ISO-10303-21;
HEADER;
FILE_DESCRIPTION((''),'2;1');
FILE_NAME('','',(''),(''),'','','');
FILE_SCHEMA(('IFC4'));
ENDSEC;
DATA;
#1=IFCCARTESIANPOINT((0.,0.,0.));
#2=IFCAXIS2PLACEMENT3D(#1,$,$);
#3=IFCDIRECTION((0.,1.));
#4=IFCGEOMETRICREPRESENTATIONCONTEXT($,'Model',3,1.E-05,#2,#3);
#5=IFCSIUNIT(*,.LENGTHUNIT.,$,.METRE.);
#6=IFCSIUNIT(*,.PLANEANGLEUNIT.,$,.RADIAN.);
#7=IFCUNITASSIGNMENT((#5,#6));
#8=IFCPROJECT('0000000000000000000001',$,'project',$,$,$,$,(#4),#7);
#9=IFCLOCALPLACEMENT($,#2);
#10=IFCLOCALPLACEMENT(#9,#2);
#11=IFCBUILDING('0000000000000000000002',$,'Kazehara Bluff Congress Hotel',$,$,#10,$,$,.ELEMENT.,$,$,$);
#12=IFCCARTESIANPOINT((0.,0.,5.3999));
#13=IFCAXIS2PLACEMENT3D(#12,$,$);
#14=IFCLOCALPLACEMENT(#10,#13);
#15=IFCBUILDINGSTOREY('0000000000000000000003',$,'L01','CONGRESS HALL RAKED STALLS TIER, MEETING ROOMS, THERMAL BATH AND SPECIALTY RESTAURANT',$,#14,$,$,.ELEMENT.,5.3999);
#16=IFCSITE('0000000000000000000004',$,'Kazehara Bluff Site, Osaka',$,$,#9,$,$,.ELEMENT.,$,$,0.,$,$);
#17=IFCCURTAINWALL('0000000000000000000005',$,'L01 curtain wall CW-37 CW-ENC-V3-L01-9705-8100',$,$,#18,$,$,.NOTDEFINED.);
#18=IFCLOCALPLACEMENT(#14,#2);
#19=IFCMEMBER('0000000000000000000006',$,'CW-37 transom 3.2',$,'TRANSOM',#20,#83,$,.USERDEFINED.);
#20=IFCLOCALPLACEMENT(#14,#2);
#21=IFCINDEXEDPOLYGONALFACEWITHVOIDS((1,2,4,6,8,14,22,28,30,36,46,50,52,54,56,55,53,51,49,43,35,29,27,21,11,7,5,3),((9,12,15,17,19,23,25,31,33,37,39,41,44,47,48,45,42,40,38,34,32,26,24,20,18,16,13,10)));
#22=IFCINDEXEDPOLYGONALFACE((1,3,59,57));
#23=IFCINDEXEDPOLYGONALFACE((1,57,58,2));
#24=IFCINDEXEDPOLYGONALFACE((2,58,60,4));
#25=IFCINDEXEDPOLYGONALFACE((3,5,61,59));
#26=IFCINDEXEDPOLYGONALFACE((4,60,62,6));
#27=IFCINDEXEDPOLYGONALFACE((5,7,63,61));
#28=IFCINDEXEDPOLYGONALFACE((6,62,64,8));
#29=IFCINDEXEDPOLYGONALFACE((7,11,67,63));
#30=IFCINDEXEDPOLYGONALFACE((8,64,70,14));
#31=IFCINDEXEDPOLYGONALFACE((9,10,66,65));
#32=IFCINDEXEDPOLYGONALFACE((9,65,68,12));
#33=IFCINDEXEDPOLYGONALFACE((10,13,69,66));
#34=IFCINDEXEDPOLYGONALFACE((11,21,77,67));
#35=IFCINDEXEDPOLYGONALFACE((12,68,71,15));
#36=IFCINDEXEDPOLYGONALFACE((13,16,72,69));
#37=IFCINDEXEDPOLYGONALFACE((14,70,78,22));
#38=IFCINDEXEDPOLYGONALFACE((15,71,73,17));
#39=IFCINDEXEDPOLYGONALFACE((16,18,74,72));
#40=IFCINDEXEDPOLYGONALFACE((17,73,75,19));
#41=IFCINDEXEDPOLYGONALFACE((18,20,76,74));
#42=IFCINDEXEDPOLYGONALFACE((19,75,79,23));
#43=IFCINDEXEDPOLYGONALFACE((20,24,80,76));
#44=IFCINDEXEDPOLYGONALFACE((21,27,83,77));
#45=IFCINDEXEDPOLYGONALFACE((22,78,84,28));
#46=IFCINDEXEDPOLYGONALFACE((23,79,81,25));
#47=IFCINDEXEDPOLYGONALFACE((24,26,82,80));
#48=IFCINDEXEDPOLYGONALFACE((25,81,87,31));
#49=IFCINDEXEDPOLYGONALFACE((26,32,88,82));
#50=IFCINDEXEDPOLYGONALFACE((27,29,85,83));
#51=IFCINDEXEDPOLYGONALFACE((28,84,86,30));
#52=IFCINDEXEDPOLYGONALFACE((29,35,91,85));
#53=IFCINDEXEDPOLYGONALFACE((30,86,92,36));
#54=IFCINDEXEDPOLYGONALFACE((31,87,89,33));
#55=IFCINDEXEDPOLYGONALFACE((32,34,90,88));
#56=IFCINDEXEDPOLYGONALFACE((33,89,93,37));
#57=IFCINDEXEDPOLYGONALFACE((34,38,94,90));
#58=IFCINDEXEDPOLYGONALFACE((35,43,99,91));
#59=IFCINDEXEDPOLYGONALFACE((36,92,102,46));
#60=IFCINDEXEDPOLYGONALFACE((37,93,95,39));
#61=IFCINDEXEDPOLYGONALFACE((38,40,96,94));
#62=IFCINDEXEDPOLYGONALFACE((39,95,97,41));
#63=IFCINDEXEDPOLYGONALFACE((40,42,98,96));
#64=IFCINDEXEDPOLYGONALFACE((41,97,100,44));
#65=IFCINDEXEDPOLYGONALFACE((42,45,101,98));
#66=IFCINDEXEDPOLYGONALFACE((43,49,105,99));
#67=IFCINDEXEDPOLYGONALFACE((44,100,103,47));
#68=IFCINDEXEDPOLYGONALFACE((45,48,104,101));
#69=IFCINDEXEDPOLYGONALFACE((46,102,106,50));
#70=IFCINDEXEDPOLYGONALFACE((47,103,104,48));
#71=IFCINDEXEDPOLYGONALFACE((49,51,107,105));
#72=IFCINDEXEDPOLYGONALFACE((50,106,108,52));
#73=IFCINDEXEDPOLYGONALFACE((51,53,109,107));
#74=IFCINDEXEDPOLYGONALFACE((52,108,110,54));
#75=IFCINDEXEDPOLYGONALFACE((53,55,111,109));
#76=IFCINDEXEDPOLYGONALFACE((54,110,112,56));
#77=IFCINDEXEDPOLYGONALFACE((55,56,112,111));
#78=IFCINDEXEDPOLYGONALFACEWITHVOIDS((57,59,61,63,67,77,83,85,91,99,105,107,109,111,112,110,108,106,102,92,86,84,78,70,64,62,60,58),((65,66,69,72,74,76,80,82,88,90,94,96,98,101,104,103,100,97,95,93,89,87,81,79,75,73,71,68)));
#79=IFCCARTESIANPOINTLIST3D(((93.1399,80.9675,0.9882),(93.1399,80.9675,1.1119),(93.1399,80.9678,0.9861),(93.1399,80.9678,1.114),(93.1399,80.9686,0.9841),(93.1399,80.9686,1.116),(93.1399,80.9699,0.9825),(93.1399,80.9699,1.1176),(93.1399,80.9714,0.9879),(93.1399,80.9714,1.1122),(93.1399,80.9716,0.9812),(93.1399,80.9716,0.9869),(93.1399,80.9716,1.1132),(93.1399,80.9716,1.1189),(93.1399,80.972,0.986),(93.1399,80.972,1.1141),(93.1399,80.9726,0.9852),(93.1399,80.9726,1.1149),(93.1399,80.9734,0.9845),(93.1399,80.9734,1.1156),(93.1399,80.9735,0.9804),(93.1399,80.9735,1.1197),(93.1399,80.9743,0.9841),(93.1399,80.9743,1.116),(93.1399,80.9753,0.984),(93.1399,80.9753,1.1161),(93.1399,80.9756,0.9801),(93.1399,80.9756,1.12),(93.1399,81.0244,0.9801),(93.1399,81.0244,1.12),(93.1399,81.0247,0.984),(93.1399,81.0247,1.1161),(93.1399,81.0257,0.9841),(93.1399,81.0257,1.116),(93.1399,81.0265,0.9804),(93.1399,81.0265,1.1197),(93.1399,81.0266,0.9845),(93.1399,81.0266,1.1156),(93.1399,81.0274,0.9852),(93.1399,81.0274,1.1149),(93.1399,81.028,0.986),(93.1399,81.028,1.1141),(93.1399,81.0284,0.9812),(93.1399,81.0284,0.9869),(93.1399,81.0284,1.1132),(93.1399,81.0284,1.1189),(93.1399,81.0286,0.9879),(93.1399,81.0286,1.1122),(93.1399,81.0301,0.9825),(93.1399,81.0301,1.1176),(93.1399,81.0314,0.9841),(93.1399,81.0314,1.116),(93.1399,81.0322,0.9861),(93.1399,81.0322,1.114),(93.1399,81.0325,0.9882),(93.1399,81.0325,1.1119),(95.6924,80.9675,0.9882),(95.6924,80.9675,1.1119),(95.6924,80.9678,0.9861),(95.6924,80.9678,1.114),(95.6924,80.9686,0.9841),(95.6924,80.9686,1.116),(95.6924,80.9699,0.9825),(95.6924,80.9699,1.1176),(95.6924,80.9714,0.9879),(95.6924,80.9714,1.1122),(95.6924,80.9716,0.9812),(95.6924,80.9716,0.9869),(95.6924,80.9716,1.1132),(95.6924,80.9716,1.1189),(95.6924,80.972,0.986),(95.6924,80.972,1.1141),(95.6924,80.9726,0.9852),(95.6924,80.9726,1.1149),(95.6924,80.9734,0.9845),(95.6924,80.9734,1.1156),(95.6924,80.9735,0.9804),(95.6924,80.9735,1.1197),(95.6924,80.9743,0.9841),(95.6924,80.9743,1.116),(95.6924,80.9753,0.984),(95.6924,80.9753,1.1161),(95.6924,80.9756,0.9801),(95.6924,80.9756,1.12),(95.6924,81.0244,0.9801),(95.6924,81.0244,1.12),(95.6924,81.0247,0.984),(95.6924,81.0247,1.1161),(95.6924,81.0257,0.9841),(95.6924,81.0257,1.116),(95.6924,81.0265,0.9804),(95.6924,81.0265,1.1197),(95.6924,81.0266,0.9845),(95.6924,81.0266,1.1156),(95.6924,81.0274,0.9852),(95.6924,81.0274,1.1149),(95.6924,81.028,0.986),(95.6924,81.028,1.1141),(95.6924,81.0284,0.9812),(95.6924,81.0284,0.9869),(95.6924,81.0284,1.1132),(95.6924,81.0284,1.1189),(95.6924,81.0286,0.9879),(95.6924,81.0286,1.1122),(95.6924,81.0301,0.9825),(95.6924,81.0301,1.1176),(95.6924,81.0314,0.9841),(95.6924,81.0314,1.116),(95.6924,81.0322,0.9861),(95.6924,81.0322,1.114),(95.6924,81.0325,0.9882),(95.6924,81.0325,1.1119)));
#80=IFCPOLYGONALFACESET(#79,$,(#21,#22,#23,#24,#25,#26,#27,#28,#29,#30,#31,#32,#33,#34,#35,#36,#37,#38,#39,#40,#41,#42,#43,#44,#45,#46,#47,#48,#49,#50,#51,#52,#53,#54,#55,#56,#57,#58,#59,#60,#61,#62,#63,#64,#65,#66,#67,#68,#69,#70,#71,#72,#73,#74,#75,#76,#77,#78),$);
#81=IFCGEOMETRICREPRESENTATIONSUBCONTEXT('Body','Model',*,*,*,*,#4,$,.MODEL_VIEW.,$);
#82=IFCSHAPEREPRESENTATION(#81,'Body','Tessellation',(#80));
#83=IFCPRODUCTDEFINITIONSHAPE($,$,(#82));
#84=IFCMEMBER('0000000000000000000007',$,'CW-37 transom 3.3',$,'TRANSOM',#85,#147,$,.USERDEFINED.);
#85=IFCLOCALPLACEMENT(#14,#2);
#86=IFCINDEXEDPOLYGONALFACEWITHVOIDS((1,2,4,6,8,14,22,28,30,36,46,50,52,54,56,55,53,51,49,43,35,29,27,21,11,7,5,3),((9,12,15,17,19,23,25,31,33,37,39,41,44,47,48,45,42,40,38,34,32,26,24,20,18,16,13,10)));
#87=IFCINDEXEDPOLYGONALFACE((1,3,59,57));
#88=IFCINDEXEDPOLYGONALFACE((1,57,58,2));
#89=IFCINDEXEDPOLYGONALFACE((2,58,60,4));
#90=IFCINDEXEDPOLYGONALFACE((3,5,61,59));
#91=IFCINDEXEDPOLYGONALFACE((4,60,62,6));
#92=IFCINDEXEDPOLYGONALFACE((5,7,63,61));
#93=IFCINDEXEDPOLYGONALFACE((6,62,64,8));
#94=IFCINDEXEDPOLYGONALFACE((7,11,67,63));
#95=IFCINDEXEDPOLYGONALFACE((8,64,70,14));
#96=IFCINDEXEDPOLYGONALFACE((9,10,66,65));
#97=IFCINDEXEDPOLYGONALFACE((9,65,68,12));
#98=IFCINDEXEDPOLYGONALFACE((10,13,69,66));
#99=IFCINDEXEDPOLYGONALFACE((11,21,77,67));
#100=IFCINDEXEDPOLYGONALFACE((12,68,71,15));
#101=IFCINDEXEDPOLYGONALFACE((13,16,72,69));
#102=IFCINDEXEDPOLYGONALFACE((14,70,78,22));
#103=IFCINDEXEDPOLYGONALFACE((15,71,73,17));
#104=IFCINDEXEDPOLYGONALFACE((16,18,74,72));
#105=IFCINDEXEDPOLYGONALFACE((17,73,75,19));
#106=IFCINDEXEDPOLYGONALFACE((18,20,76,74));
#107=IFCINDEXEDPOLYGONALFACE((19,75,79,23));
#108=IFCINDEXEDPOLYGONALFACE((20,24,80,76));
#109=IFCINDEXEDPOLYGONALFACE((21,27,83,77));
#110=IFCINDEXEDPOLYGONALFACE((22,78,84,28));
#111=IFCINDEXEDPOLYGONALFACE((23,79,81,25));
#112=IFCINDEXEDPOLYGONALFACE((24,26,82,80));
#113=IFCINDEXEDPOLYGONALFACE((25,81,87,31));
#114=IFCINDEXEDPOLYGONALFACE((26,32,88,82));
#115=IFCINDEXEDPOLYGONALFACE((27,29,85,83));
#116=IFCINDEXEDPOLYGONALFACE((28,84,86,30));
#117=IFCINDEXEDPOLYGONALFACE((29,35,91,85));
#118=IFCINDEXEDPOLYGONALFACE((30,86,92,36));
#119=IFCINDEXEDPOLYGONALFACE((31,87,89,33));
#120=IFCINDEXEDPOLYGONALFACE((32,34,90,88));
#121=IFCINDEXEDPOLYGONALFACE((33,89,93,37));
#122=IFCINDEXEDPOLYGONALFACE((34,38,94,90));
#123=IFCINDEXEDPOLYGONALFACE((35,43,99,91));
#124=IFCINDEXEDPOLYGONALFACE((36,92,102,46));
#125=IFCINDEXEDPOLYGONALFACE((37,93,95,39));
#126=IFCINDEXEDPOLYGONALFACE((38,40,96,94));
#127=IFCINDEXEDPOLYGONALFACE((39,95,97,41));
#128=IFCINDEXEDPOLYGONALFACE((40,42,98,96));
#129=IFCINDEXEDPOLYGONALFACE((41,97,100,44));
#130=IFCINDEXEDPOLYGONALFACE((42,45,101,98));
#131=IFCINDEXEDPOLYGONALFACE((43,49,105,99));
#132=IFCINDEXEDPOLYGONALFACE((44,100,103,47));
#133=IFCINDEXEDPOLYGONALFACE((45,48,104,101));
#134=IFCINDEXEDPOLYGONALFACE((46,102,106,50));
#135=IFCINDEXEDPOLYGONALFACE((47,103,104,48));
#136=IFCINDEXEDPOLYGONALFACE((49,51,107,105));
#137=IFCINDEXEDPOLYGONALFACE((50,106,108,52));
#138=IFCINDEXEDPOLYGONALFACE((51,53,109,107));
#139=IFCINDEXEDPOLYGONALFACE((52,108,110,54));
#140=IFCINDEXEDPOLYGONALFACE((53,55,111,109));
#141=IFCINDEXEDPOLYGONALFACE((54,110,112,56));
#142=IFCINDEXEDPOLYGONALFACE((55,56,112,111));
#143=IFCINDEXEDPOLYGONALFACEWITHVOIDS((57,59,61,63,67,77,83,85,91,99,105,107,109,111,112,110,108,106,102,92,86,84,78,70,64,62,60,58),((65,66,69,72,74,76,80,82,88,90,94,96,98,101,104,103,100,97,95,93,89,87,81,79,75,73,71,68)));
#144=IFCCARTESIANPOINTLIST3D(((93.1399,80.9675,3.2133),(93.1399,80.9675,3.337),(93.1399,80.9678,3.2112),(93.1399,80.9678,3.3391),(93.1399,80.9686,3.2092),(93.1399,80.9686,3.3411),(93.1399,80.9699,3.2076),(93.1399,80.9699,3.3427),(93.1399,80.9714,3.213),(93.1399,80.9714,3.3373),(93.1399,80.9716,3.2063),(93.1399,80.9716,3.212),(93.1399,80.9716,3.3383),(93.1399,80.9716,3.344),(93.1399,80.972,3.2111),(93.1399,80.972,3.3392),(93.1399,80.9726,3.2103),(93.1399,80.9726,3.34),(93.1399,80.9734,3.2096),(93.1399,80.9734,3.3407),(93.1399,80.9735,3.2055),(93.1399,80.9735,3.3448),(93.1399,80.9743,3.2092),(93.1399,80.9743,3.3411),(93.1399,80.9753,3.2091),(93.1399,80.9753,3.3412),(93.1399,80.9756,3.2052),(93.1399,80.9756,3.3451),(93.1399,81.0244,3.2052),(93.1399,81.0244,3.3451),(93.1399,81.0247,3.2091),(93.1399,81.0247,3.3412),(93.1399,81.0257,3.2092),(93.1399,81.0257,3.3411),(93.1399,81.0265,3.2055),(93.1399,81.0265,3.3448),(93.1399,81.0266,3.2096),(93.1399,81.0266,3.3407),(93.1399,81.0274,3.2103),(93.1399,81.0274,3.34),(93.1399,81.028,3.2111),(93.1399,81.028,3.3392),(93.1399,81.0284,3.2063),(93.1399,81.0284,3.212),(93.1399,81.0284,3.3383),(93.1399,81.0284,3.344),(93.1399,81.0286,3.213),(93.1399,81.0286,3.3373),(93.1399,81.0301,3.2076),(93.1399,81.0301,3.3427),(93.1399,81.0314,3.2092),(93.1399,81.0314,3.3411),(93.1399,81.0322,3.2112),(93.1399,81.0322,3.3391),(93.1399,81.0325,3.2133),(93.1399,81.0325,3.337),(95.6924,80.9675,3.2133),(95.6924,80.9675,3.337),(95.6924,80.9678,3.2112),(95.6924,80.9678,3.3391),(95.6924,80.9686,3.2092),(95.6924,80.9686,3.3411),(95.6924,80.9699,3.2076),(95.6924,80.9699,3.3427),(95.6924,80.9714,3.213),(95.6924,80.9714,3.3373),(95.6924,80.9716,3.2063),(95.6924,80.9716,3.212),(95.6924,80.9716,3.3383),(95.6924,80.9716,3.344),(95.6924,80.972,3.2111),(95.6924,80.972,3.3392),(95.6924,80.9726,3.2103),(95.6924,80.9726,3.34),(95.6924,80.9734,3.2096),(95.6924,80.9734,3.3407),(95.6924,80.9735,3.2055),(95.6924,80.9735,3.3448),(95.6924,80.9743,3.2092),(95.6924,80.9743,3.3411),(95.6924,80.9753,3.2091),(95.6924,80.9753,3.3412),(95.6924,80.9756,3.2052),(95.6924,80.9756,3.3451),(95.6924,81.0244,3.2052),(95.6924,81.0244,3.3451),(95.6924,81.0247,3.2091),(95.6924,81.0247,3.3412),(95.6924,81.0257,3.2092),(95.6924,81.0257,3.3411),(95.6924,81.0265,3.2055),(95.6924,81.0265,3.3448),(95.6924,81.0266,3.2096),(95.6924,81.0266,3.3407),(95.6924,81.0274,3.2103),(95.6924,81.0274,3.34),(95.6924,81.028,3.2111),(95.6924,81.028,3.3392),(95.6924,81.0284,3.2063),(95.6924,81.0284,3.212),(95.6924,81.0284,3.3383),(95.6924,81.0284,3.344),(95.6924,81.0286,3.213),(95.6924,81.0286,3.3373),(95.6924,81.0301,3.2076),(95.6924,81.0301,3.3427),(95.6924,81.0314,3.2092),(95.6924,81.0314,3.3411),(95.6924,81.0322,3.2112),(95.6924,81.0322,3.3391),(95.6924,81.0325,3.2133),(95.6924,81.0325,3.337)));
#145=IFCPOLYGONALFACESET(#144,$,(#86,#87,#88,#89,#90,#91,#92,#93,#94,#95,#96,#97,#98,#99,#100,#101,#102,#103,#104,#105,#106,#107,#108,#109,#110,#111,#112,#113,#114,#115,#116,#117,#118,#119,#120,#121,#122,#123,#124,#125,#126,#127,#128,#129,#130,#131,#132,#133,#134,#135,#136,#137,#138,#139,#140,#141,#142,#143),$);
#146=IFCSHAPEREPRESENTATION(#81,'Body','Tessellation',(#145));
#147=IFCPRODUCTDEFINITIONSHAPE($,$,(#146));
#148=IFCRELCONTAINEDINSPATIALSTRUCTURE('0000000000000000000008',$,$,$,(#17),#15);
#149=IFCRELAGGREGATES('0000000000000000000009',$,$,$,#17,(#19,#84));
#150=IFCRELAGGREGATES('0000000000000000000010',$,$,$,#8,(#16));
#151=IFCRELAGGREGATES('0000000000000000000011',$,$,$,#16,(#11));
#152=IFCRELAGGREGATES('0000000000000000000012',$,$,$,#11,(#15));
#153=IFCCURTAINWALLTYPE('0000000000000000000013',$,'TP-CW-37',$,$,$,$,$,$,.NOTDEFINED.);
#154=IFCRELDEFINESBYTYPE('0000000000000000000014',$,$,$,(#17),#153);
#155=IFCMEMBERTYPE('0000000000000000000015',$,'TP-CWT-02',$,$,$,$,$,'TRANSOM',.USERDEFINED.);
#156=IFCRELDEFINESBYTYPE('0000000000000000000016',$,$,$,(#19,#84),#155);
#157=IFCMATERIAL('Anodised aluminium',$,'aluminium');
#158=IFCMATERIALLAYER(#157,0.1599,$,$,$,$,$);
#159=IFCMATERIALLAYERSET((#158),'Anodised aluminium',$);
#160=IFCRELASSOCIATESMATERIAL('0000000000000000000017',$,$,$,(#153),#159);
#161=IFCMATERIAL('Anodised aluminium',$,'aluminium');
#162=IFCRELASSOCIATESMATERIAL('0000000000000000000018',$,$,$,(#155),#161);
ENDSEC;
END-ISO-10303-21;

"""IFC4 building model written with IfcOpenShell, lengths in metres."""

from ifc_helpers import new_model, si_unit, direction, frame, origin, origin_2d, place, context, subcontext, project, spatial, hollow_rectangle, extrude, material, layer, layer_set, material_profile, profile_set, type_object, element, aggregate, save


model = new_model("IFC4")

# Units and contexts
model_context = context("Model", 3, precision=1e-05, world=origin(), true_north=direction((0.0, 1.0)))
body_context = subcontext(model_context, "Body", "Model", "MODEL_VIEW")
ifc_project = project(units=[si_unit("LENGTHUNIT", "METRE"), si_unit("PLANEANGLEUNIT", "RADIAN")], contexts=[model_context])

# Site, building, storey
site_placement = place(None, origin())
site = spatial("IfcSite", under=ifc_project, at=site_placement, Name="Kazehara Bluff Site, Osaka", CompositionType="ELEMENT", RefElevation=0.0)
building_placement = place(site_placement, origin())
building = spatial("IfcBuilding", under=site, at=building_placement, Name="Kazehara Bluff Congress Hotel", CompositionType="ELEMENT")
storey_placement = place(building_placement, frame((0.0, 0.0, 5.3999)))
storey = spatial("IfcBuildingStorey", under=building, at=storey_placement, Name="L01", Description="CONGRESS HALL RAKED STALLS TIER, MEETING ROOMS, THERMAL BATH AND SPECIALTY RESTAURANT", CompositionType="ELEMENT", Elevation=5.3999)

# Curtain wall
ifc_material_1 = material(Name="Anodised aluminium", Category="aluminium")
ifc_layer_1 = layer(ifc_material_1, 0.1599)
ifc_layer_set_1 = layer_set([ifc_layer_1], Name="Anodised aluminium")
curtain_wall_type = type_object("IfcCurtainWallType", Name="TP-CW-37", PredefinedType="NOTDEFINED", material=ifc_layer_set_1)
curtain_wall_1_placement = place(storey_placement, origin())
curtain_wall_1 = element("IfcCurtainWall", 1, at=curtain_wall_1_placement, inside=storey, type_object=curtain_wall_type, Name="L01 curtain wall CW-37 CW-ENC-V3-L01-9705-8100", PredefinedType="NOTDEFINED")

# Members
ifc_material_2 = material(Name="Anodised aluminium", Category="aluminium")
ifc_material_profile_1 = material_profile(ifc_material_2, hollow_rectangle(XDim=0.0649, YDim=0.1399, WallThickness=0.0039, InnerFilletRadius=0.0039, OuterFilletRadius=0.0081, at=origin_2d()))
ifc_profile_set_1 = profile_set([ifc_material_profile_1], Name="Anodised aluminium")
member_type_1 = type_object("IfcMemberType", Name="TP-CWT-02", ElementType="TRANSOM", PredefinedType="USERDEFINED", material=ifc_profile_set_1)
member_1_placement = place(storey_placement, frame((95.6924, 81.0, 1.05), z_axis=(-1.0, 0.0, 0.0), x_axis=(0.0, -1.0, 0.0)))
member_1 = element("IfcMember", 2, at=member_1_placement, type_object=member_type_1, Name="CW-37 transom 3.2", ObjectType="TRANSOM", PredefinedType="USERDEFINED", context=body_context, shape_type="SweptSolid", body=[
    extrude(hollow_rectangle(XDim=0.0649, YDim=0.1399, WallThickness=0.0039, InnerFilletRadius=0.0039, OuterFilletRadius=0.0081, at=origin_2d()), origin(), (0.0, 0.0, 1.0), 2.5525),
])
member_2_placement = place(storey_placement, frame((95.6924, 81.0, 3.2751), z_axis=(-1.0, 0.0, 0.0), x_axis=(0.0, -1.0, 0.0)))
member_2 = element("IfcMember", 3, at=member_2_placement, type_object=member_type_1, Name="CW-37 transom 3.3", ObjectType="TRANSOM", PredefinedType="USERDEFINED", context=body_context, shape_type="SweptSolid", body=[
    extrude(hollow_rectangle(XDim=0.0649, YDim=0.1399, WallThickness=0.0039, InnerFilletRadius=0.0039, OuterFilletRadius=0.0081, at=origin_2d()), origin(), (0.0, 0.0, 1.0), 2.5525),
])

aggregate(curtain_wall_1, [member_1, member_2])

save(model, "model.ifc")
